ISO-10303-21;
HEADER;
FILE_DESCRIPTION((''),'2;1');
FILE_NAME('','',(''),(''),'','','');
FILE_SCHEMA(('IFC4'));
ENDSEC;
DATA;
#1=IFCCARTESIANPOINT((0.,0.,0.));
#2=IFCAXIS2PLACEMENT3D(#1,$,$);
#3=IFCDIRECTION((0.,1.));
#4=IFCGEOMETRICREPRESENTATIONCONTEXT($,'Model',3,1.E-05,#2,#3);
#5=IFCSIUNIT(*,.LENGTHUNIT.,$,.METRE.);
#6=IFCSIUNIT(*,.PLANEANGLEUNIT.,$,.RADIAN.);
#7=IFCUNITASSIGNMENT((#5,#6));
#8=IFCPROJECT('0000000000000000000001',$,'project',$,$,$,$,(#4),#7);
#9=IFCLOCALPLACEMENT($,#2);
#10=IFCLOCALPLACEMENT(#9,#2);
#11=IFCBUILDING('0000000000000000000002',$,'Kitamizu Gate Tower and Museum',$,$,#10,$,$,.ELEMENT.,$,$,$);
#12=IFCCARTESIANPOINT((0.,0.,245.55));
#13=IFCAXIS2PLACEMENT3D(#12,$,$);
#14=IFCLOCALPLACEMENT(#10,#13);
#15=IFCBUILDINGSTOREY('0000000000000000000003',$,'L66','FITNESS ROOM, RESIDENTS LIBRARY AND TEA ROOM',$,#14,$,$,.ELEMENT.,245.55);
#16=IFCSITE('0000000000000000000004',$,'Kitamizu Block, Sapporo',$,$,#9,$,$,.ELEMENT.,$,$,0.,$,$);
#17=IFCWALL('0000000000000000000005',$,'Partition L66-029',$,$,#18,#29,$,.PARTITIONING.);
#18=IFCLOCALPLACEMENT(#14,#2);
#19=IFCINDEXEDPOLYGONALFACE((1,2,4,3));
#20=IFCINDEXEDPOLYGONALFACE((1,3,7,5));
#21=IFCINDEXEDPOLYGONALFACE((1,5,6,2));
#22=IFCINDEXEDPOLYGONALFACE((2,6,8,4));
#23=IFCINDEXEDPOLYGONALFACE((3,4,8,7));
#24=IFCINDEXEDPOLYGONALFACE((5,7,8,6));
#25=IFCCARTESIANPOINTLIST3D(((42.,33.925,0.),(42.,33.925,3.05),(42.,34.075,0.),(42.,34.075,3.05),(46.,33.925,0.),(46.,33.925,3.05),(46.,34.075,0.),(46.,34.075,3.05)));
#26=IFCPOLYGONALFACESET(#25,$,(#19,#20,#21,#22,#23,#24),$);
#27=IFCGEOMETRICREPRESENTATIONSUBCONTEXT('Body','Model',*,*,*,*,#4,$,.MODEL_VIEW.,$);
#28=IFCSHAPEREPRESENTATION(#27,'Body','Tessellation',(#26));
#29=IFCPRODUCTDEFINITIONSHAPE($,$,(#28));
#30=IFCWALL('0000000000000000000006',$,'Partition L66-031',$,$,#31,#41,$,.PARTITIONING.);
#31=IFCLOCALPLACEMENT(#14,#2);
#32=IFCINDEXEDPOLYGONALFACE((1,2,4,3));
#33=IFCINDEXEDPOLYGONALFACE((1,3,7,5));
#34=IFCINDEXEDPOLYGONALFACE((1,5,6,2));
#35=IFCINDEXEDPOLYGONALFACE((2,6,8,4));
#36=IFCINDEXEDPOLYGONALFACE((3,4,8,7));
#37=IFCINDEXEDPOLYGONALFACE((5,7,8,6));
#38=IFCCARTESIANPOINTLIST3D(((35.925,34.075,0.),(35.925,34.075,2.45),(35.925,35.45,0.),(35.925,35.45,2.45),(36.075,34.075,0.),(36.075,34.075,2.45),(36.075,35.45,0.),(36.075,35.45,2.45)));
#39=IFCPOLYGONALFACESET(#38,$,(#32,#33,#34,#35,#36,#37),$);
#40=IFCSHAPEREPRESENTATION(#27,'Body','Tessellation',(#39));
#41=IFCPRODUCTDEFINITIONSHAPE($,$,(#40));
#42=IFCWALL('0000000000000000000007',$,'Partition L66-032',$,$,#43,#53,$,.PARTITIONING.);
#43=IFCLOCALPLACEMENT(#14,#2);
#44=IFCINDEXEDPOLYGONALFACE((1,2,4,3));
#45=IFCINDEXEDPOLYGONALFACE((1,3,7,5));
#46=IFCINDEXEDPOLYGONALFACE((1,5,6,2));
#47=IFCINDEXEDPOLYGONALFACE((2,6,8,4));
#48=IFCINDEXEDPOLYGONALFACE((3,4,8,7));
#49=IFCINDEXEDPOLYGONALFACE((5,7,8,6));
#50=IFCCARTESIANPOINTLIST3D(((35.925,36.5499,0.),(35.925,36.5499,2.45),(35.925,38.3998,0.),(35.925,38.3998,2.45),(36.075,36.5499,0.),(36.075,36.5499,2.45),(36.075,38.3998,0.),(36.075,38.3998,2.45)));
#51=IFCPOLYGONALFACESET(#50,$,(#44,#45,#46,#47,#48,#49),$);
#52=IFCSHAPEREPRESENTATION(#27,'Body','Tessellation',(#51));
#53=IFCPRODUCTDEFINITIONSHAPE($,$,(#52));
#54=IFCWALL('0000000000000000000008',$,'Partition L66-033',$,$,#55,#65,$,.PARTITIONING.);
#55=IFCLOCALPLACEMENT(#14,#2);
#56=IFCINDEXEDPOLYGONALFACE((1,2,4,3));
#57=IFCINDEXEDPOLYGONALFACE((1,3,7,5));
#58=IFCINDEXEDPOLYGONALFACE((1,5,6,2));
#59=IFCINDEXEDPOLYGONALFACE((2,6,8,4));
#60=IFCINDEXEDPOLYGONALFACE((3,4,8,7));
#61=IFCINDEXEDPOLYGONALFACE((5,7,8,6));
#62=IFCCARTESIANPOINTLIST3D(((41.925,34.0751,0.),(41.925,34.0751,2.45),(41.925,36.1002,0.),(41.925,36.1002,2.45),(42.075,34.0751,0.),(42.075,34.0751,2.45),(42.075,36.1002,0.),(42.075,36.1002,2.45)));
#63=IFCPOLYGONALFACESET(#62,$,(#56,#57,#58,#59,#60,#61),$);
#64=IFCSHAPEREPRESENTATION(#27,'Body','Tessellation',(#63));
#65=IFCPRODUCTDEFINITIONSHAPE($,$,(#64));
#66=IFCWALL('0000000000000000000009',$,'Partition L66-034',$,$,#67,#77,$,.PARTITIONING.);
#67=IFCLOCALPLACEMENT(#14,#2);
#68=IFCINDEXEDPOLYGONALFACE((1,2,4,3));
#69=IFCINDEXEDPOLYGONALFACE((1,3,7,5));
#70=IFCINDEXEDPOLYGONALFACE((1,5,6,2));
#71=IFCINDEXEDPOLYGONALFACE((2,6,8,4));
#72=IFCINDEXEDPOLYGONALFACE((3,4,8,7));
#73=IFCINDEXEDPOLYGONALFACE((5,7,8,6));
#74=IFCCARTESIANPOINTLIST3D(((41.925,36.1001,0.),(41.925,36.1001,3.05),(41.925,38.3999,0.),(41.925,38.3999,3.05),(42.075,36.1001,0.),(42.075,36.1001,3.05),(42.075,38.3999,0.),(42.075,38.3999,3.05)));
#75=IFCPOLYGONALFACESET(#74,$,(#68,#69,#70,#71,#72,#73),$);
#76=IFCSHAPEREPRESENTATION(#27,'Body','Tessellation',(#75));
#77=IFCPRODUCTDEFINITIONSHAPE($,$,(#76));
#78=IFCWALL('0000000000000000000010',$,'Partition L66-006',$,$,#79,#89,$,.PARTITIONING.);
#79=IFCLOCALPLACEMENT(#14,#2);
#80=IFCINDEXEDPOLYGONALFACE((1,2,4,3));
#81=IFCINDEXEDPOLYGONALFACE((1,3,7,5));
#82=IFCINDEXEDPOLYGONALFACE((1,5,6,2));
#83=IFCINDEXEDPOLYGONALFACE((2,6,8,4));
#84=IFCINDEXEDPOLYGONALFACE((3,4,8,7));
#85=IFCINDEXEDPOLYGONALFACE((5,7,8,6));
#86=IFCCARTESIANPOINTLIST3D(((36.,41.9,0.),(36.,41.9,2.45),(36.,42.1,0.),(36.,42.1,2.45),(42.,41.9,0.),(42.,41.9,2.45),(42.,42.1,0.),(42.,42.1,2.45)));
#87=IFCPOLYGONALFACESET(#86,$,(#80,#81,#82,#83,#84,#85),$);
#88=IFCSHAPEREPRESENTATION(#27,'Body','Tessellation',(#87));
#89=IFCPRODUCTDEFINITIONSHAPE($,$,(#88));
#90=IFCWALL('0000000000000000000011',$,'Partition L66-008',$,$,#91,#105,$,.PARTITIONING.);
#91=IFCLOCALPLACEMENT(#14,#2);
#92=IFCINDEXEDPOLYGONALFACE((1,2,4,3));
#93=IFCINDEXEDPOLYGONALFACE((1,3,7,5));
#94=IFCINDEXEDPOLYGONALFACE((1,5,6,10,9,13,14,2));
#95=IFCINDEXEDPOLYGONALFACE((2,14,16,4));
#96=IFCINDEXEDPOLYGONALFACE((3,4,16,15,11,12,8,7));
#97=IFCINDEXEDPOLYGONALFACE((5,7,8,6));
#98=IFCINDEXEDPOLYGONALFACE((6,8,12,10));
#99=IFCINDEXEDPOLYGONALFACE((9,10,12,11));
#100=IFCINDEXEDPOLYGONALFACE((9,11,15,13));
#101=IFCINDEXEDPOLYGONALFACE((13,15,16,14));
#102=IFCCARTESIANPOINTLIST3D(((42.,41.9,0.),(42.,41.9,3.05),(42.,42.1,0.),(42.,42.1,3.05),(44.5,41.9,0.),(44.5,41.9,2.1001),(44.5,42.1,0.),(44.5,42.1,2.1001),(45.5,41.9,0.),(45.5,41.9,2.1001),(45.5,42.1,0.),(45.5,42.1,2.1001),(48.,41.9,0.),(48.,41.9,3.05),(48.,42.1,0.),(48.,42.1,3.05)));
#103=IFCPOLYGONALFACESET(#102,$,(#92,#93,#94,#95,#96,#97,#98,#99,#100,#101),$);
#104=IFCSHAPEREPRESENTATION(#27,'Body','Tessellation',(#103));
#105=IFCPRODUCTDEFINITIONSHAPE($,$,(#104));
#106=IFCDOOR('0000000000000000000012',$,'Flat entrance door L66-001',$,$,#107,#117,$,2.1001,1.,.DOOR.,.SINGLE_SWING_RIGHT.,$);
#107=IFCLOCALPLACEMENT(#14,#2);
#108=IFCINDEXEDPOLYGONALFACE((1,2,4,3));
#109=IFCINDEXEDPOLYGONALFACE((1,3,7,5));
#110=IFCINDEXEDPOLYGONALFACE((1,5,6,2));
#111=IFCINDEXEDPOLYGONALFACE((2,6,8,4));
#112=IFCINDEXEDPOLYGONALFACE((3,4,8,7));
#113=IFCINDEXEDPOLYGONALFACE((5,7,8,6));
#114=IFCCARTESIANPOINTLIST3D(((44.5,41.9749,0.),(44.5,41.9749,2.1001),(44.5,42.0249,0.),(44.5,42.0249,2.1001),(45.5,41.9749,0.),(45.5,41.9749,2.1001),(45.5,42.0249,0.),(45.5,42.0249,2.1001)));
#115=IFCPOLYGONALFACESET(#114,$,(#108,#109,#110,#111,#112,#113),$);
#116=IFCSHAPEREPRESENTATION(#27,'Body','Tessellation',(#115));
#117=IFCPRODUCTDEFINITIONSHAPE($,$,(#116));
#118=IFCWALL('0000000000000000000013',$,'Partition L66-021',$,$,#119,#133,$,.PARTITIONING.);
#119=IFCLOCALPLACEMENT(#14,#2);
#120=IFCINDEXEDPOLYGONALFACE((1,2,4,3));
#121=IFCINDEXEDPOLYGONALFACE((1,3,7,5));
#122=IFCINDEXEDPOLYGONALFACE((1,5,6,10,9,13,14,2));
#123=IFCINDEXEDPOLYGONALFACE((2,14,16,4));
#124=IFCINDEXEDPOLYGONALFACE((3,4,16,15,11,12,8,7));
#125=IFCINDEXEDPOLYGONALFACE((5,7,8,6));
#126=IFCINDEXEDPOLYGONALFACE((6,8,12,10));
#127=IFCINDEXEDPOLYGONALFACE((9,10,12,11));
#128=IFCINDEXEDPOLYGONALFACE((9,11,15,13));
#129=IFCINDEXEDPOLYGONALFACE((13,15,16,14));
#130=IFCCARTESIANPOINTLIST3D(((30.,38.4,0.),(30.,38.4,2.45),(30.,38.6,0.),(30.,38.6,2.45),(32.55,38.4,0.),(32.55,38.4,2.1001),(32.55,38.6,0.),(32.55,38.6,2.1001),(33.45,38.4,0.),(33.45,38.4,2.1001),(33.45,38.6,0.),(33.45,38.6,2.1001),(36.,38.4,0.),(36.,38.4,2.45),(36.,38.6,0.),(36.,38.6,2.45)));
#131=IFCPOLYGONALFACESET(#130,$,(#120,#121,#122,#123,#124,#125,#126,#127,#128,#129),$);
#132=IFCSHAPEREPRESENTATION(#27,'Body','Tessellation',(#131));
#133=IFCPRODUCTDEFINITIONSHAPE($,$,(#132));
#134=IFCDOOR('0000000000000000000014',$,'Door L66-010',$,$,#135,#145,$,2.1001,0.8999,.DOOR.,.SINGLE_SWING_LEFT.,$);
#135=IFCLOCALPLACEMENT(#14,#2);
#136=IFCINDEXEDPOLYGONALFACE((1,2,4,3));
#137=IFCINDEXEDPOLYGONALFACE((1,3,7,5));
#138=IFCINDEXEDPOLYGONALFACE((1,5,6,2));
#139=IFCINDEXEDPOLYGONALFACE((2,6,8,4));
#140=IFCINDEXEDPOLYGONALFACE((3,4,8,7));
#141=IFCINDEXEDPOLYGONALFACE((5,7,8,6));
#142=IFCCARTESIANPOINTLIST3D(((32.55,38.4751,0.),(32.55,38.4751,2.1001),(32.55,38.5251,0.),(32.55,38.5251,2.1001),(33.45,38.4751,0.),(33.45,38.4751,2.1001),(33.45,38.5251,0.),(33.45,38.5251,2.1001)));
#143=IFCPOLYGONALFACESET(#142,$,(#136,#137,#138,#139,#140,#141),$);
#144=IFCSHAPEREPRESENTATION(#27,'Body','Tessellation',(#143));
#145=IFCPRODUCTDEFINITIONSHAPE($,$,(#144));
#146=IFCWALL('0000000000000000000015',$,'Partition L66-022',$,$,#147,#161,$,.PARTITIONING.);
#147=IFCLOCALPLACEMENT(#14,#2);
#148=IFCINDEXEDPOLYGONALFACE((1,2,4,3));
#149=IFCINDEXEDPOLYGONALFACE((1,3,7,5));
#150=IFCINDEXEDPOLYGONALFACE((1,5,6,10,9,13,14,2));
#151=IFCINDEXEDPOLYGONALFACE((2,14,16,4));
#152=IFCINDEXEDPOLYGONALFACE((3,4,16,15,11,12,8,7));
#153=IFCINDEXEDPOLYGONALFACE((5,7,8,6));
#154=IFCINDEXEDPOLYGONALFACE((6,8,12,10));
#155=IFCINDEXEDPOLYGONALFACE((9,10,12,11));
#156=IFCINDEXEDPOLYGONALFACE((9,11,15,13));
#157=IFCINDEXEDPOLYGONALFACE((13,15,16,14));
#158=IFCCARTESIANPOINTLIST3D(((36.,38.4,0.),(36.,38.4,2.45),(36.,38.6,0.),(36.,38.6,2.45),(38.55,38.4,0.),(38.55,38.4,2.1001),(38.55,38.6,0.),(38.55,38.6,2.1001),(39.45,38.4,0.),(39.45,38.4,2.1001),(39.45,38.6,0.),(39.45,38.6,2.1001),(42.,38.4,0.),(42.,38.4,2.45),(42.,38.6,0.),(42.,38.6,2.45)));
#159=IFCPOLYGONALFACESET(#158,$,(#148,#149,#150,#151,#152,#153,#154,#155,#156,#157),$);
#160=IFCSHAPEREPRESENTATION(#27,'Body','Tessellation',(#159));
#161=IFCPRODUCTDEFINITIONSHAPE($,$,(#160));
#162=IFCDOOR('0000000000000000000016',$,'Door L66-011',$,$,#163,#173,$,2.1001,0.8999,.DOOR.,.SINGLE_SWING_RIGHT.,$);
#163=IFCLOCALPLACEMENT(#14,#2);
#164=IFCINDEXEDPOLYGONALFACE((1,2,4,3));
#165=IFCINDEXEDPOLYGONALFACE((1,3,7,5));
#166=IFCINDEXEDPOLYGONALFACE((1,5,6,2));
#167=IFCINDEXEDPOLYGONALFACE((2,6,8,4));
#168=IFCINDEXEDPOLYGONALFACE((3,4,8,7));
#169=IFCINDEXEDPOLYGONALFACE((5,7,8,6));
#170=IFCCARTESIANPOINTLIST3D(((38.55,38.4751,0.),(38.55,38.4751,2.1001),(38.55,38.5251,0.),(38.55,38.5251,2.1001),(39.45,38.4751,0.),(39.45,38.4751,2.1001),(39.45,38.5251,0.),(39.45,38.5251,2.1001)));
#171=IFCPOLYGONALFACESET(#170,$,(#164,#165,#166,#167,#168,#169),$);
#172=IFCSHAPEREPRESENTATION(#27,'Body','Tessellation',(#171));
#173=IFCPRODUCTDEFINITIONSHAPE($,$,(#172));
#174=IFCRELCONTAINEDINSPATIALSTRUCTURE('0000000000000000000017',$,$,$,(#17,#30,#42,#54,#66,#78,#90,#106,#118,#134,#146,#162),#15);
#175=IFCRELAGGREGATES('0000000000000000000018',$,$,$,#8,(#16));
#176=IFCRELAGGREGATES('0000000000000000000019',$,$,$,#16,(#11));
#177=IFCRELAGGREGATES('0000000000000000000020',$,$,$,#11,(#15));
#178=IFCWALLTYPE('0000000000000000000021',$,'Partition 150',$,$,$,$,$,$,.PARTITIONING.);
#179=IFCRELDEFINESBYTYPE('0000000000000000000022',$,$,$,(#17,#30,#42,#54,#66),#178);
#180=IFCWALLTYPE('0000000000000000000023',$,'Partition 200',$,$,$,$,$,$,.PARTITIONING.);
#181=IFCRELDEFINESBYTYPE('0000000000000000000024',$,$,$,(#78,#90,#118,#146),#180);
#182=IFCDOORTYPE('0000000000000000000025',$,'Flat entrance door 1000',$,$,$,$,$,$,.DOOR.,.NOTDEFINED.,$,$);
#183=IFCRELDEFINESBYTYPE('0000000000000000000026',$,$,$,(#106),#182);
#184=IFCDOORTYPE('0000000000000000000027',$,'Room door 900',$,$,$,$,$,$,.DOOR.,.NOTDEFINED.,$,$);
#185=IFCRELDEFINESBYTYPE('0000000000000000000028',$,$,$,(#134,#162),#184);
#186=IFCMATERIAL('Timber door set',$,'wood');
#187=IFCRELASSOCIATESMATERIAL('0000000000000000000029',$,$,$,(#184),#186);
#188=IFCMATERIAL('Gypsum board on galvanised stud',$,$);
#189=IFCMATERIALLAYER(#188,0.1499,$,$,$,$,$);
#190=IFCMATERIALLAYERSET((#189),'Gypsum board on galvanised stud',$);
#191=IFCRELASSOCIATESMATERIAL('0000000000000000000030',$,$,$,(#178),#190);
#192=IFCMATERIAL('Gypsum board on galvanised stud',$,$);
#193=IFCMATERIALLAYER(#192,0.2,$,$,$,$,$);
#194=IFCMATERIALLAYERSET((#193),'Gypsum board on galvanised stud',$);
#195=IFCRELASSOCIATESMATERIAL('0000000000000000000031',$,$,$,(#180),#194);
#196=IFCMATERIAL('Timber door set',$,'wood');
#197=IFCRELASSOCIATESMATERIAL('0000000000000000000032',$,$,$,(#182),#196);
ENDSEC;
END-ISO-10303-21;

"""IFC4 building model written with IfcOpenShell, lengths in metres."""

from ifc_helpers import new_model, si_unit, direction, frame, frame_2d, origin, place, context, subcontext, project, spatial, rectangle, extrude, material, layer, layer_set, type_object, element, fill, save


model = new_model("IFC4")

# Units and contexts
model_context = context("Model", 3, precision=1e-05, world=origin(), true_north=direction((0.0, 1.0)))
body_context = subcontext(model_context, "Body", "Model", "MODEL_VIEW")
ifc_project = project(units=[si_unit("LENGTHUNIT", "METRE"), si_unit("PLANEANGLEUNIT", "RADIAN")], contexts=[model_context])

# Site, building, storey
site_placement = place(None, origin())
site = spatial("IfcSite", under=ifc_project, at=site_placement, Name="Kitamizu Block, Sapporo", CompositionType="ELEMENT", RefElevation=0.0)
building_placement = place(site_placement, origin())
building = spatial("IfcBuilding", under=site, at=building_placement, Name="Kitamizu Gate Tower and Museum", CompositionType="ELEMENT")
storey_placement = place(building_placement, frame((0.0, 0.0, 245.55)))
storey = spatial("IfcBuildingStorey", under=building, at=storey_placement, Name="L66", Description="FITNESS ROOM, RESIDENTS LIBRARY AND TEA ROOM", CompositionType="ELEMENT", Elevation=245.55)

# Shared definitions
ifc_material_1 = material(Name="Timber door set", Category="wood")
door_type_1 = type_object("IfcDoorType", Name="Room door 900", OperationType="NOTDEFINED", PredefinedType="DOOR", material=ifc_material_1)

# Walls
ifc_material_2 = material(Name="Gypsum board on galvanised stud")
ifc_layer_1 = layer(ifc_material_2, 0.1499)
ifc_layer_set_1 = layer_set([ifc_layer_1], Name="Gypsum board on galvanised stud")
wall_type_1 = type_object("IfcWallType", Name="Partition 150", PredefinedType="PARTITIONING", material=ifc_layer_set_1)
wall_1_placement = place(storey_placement, frame((46.0, 34.0, 0.0), z_axis=(0.0, 0.0, 1.0), x_axis=(-1.0, 0.0, 0.0)))
element("IfcWall", 1, at=wall_1_placement, inside=storey, type_object=wall_type_1, Name="Partition L66-029", PredefinedType="PARTITIONING", context=body_context, shape_type="SweptSolid", body=[
    extrude(rectangle(XDim=4.0, YDim=0.1499, at=frame_2d((2.0, 0.0))), origin(), (0.0, 0.0, 1.0), 3.05),
])
wall_2_placement = place(storey_placement, frame((36.0, 34.075, 0.0), z_axis=(0.0, 0.0, 1.0), x_axis=(0.0, 1.0, 0.0)))
element("IfcWall", 2, at=wall_2_placement, inside=storey, type_object=wall_type_1, Name="Partition L66-031", PredefinedType="PARTITIONING", context=body_context, shape_type="SweptSolid", body=[
    extrude(rectangle(XDim=1.375, YDim=0.1499, at=frame_2d((0.6875, 0.0))), origin(), (0.0, 0.0, 1.0), 2.45),
])
wall_3_placement = place(storey_placement, frame((36.0, 36.55, 0.0), z_axis=(0.0, 0.0, 1.0), x_axis=(0.0, 1.0, 0.0)))
element("IfcWall", 3, at=wall_3_placement, inside=storey, type_object=wall_type_1, Name="Partition L66-032", PredefinedType="PARTITIONING", context=body_context, shape_type="SweptSolid", body=[
    extrude(rectangle(XDim=1.8499, YDim=0.1499, at=frame_2d((0.9248, 0.0))), origin(), (0.0, 0.0, 1.0), 2.45),
])
wall_4_placement = place(storey_placement, frame((42.0, 34.075, 0.0), z_axis=(0.0, 0.0, 1.0), x_axis=(0.0, 1.0, 0.0)))
element("IfcWall", 4, at=wall_4_placement, inside=storey, type_object=wall_type_1, Name="Partition L66-033", PredefinedType="PARTITIONING", context=body_context, shape_type="SweptSolid", body=[
    extrude(rectangle(XDim=2.0251, YDim=0.1499, at=frame_2d((1.0127, 0.0))), origin(), (0.0, 0.0, 1.0), 2.45),
])
wall_5_placement = place(storey_placement, frame((42.0, 36.1001, 0.0), z_axis=(0.0, 0.0, 1.0), x_axis=(0.0, 1.0, 0.0)))
element("IfcWall", 5, at=wall_5_placement, inside=storey, type_object=wall_type_1, Name="Partition L66-034", PredefinedType="PARTITIONING", context=body_context, shape_type="SweptSolid", body=[
    extrude(rectangle(XDim=2.2998, YDim=0.1499, at=frame_2d((1.1499, 0.0))), origin(), (0.0, 0.0, 1.0), 3.05),
])
ifc_material_3 = material(Name="Gypsum board on galvanised stud")
ifc_layer_2 = layer(ifc_material_3, 0.2)
ifc_layer_set_2 = layer_set([ifc_layer_2], Name="Gypsum board on galvanised stud")
wall_type_2 = type_object("IfcWallType", Name="Partition 200", PredefinedType="PARTITIONING", material=ifc_layer_set_2)
wall_6_placement = place(storey_placement, frame((36.0, 42.0, 0.0), z_axis=(0.0, 0.0, 1.0), x_axis=(1.0, 0.0, 0.0)))
element("IfcWall", 6, at=wall_6_placement, inside=storey, type_object=wall_type_2, Name="Partition L66-006", PredefinedType="PARTITIONING", context=body_context, shape_type="SweptSolid", body=[
    extrude(rectangle(XDim=6.0, YDim=0.2, at=frame_2d((3.0, 0.0))), origin(), (0.0, 0.0, 1.0), 2.45),
])

# Walls, openings, doors
wall_7_placement = place(storey_placement, frame((42.0, 42.0, 0.0), z_axis=(0.0, 0.0, 1.0), x_axis=(1.0, 0.0, 0.0)))
wall_7 = element("IfcWall", 7, at=wall_7_placement, inside=storey, type_object=wall_type_2, Name="Partition L66-008", PredefinedType="PARTITIONING", context=body_context, shape_type="SweptSolid", body=[
    extrude(rectangle(XDim=6.0, YDim=0.2, at=frame_2d((3.0, 0.0))), origin(), (0.0, 0.0, 1.0), 3.05),
])
opening_1_placement = place(wall_7_placement, frame((2.5, 0.0, 0.0)))
opening_1 = element("IfcOpeningElement", 8, at=opening_1_placement, cuts=wall_7, PredefinedType="OPENING", context=body_context, shape_type="SweptSolid", body=[
    extrude(rectangle(XDim=1.0, YDim=2.1001, at=frame_2d((0.5, 1.05))), frame((0.0, 0.1099, 0.0), z_axis=(0.0, -1.0, 0.0), x_axis=(1.0, 0.0, 0.0)), (0.0, 0.0, 1.0), 0.22),
])
ifc_material_4 = material(Name="Timber door set", Category="wood")
door_type_2 = type_object("IfcDoorType", Name="Flat entrance door 1000", OperationType="NOTDEFINED", PredefinedType="DOOR", material=ifc_material_4)
door_1_placement = place(opening_1_placement, origin())
door_1 = element("IfcDoor", 9, at=door_1_placement, inside=storey, type_object=door_type_2, Name="Flat entrance door L66-001", OperationType="SINGLE_SWING_RIGHT", OverallHeight=2.1001, OverallWidth=1.0, PredefinedType="DOOR", context=body_context, shape_type="SweptSolid", body=[
    extrude(rectangle(XDim=1.0, YDim=2.1001, at=frame_2d((0.5, 1.05))), frame((0.0, 0.0249, 0.0), z_axis=(0.0, -1.0, 0.0), x_axis=(1.0, 0.0, 0.0)), (0.0, 0.0, 1.0), 0.05),
])
fill(opening_1, door_1)
wall_8_placement = place(storey_placement, frame((36.0, 38.5, 0.0), z_axis=(0.0, 0.0, 1.0), x_axis=(-1.0, 0.0, 0.0)))
wall_8 = element("IfcWall", 10, at=wall_8_placement, inside=storey, type_object=wall_type_2, Name="Partition L66-021", PredefinedType="PARTITIONING", context=body_context, shape_type="SweptSolid", body=[
    extrude(rectangle(XDim=6.0, YDim=0.2, at=frame_2d((3.0, 0.0))), origin(), (0.0, 0.0, 1.0), 2.45),
])
opening_2_placement = place(wall_8_placement, frame((2.55, 0.0, 0.0)))
opening_2 = element("IfcOpeningElement", 11, at=opening_2_placement, cuts=wall_8, PredefinedType="OPENING", context=body_context, shape_type="SweptSolid", body=[
    extrude(rectangle(XDim=0.8999, YDim=2.1001, at=frame_2d((0.45, 1.05))), frame((0.0, 0.1099, 0.0), z_axis=(0.0, -1.0, 0.0), x_axis=(1.0, 0.0, 0.0)), (0.0, 0.0, 1.0), 0.22),
])
door_2_placement = place(opening_2_placement, origin())
door_2 = element("IfcDoor", 12, at=door_2_placement, inside=storey, type_object=door_type_1, Name="Door L66-010", OperationType="SINGLE_SWING_LEFT", OverallHeight=2.1001, OverallWidth=0.8999, PredefinedType="DOOR", context=body_context, shape_type="SweptSolid", body=[
    extrude(rectangle(XDim=0.8999, YDim=2.1001, at=frame_2d((0.45, 1.05))), frame((0.0, 0.0249, 0.0), z_axis=(0.0, -1.0, 0.0), x_axis=(1.0, 0.0, 0.0)), (0.0, 0.0, 1.0), 0.05),
])
fill(opening_2, door_2)
wall_9_placement = place(storey_placement, frame((42.0, 38.5, 0.0), z_axis=(0.0, 0.0, 1.0), x_axis=(-1.0, 0.0, 0.0)))
wall_9 = element("IfcWall", 13, at=wall_9_placement, inside=storey, type_object=wall_type_2, Name="Partition L66-022", PredefinedType="PARTITIONING", context=body_context, shape_type="SweptSolid", body=[
    extrude(rectangle(XDim=6.0, YDim=0.2, at=frame_2d((3.0, 0.0))), origin(), (0.0, 0.0, 1.0), 2.45),
])
opening_3_placement = place(wall_9_placement, frame((2.55, 0.0, 0.0)))
opening_3 = element("IfcOpeningElement", 14, at=opening_3_placement, cuts=wall_9, PredefinedType="OPENING", context=body_context, shape_type="SweptSolid", body=[
    extrude(rectangle(XDim=0.8999, YDim=2.1001, at=frame_2d((0.45, 1.05))), frame((0.0, 0.1099, 0.0), z_axis=(0.0, -1.0, 0.0), x_axis=(1.0, 0.0, 0.0)), (0.0, 0.0, 1.0), 0.22),
])
door_3_placement = place(opening_3_placement, origin())
door_3 = element("IfcDoor", 15, at=door_3_placement, inside=storey, type_object=door_type_1, Name="Door L66-011", OperationType="SINGLE_SWING_RIGHT", OverallHeight=2.1001, OverallWidth=0.8999, PredefinedType="DOOR", context=body_context, shape_type="SweptSolid", body=[
    extrude(rectangle(XDim=0.8999, YDim=2.1001, at=frame_2d((0.45, 1.05))), frame((0.0, 0.0249, 0.0), z_axis=(0.0, -1.0, 0.0), x_axis=(1.0, 0.0, 0.0)), (0.0, 0.0, 1.0), 0.05),
])
fill(opening_3, door_3)

save(model, "model.ifc")
